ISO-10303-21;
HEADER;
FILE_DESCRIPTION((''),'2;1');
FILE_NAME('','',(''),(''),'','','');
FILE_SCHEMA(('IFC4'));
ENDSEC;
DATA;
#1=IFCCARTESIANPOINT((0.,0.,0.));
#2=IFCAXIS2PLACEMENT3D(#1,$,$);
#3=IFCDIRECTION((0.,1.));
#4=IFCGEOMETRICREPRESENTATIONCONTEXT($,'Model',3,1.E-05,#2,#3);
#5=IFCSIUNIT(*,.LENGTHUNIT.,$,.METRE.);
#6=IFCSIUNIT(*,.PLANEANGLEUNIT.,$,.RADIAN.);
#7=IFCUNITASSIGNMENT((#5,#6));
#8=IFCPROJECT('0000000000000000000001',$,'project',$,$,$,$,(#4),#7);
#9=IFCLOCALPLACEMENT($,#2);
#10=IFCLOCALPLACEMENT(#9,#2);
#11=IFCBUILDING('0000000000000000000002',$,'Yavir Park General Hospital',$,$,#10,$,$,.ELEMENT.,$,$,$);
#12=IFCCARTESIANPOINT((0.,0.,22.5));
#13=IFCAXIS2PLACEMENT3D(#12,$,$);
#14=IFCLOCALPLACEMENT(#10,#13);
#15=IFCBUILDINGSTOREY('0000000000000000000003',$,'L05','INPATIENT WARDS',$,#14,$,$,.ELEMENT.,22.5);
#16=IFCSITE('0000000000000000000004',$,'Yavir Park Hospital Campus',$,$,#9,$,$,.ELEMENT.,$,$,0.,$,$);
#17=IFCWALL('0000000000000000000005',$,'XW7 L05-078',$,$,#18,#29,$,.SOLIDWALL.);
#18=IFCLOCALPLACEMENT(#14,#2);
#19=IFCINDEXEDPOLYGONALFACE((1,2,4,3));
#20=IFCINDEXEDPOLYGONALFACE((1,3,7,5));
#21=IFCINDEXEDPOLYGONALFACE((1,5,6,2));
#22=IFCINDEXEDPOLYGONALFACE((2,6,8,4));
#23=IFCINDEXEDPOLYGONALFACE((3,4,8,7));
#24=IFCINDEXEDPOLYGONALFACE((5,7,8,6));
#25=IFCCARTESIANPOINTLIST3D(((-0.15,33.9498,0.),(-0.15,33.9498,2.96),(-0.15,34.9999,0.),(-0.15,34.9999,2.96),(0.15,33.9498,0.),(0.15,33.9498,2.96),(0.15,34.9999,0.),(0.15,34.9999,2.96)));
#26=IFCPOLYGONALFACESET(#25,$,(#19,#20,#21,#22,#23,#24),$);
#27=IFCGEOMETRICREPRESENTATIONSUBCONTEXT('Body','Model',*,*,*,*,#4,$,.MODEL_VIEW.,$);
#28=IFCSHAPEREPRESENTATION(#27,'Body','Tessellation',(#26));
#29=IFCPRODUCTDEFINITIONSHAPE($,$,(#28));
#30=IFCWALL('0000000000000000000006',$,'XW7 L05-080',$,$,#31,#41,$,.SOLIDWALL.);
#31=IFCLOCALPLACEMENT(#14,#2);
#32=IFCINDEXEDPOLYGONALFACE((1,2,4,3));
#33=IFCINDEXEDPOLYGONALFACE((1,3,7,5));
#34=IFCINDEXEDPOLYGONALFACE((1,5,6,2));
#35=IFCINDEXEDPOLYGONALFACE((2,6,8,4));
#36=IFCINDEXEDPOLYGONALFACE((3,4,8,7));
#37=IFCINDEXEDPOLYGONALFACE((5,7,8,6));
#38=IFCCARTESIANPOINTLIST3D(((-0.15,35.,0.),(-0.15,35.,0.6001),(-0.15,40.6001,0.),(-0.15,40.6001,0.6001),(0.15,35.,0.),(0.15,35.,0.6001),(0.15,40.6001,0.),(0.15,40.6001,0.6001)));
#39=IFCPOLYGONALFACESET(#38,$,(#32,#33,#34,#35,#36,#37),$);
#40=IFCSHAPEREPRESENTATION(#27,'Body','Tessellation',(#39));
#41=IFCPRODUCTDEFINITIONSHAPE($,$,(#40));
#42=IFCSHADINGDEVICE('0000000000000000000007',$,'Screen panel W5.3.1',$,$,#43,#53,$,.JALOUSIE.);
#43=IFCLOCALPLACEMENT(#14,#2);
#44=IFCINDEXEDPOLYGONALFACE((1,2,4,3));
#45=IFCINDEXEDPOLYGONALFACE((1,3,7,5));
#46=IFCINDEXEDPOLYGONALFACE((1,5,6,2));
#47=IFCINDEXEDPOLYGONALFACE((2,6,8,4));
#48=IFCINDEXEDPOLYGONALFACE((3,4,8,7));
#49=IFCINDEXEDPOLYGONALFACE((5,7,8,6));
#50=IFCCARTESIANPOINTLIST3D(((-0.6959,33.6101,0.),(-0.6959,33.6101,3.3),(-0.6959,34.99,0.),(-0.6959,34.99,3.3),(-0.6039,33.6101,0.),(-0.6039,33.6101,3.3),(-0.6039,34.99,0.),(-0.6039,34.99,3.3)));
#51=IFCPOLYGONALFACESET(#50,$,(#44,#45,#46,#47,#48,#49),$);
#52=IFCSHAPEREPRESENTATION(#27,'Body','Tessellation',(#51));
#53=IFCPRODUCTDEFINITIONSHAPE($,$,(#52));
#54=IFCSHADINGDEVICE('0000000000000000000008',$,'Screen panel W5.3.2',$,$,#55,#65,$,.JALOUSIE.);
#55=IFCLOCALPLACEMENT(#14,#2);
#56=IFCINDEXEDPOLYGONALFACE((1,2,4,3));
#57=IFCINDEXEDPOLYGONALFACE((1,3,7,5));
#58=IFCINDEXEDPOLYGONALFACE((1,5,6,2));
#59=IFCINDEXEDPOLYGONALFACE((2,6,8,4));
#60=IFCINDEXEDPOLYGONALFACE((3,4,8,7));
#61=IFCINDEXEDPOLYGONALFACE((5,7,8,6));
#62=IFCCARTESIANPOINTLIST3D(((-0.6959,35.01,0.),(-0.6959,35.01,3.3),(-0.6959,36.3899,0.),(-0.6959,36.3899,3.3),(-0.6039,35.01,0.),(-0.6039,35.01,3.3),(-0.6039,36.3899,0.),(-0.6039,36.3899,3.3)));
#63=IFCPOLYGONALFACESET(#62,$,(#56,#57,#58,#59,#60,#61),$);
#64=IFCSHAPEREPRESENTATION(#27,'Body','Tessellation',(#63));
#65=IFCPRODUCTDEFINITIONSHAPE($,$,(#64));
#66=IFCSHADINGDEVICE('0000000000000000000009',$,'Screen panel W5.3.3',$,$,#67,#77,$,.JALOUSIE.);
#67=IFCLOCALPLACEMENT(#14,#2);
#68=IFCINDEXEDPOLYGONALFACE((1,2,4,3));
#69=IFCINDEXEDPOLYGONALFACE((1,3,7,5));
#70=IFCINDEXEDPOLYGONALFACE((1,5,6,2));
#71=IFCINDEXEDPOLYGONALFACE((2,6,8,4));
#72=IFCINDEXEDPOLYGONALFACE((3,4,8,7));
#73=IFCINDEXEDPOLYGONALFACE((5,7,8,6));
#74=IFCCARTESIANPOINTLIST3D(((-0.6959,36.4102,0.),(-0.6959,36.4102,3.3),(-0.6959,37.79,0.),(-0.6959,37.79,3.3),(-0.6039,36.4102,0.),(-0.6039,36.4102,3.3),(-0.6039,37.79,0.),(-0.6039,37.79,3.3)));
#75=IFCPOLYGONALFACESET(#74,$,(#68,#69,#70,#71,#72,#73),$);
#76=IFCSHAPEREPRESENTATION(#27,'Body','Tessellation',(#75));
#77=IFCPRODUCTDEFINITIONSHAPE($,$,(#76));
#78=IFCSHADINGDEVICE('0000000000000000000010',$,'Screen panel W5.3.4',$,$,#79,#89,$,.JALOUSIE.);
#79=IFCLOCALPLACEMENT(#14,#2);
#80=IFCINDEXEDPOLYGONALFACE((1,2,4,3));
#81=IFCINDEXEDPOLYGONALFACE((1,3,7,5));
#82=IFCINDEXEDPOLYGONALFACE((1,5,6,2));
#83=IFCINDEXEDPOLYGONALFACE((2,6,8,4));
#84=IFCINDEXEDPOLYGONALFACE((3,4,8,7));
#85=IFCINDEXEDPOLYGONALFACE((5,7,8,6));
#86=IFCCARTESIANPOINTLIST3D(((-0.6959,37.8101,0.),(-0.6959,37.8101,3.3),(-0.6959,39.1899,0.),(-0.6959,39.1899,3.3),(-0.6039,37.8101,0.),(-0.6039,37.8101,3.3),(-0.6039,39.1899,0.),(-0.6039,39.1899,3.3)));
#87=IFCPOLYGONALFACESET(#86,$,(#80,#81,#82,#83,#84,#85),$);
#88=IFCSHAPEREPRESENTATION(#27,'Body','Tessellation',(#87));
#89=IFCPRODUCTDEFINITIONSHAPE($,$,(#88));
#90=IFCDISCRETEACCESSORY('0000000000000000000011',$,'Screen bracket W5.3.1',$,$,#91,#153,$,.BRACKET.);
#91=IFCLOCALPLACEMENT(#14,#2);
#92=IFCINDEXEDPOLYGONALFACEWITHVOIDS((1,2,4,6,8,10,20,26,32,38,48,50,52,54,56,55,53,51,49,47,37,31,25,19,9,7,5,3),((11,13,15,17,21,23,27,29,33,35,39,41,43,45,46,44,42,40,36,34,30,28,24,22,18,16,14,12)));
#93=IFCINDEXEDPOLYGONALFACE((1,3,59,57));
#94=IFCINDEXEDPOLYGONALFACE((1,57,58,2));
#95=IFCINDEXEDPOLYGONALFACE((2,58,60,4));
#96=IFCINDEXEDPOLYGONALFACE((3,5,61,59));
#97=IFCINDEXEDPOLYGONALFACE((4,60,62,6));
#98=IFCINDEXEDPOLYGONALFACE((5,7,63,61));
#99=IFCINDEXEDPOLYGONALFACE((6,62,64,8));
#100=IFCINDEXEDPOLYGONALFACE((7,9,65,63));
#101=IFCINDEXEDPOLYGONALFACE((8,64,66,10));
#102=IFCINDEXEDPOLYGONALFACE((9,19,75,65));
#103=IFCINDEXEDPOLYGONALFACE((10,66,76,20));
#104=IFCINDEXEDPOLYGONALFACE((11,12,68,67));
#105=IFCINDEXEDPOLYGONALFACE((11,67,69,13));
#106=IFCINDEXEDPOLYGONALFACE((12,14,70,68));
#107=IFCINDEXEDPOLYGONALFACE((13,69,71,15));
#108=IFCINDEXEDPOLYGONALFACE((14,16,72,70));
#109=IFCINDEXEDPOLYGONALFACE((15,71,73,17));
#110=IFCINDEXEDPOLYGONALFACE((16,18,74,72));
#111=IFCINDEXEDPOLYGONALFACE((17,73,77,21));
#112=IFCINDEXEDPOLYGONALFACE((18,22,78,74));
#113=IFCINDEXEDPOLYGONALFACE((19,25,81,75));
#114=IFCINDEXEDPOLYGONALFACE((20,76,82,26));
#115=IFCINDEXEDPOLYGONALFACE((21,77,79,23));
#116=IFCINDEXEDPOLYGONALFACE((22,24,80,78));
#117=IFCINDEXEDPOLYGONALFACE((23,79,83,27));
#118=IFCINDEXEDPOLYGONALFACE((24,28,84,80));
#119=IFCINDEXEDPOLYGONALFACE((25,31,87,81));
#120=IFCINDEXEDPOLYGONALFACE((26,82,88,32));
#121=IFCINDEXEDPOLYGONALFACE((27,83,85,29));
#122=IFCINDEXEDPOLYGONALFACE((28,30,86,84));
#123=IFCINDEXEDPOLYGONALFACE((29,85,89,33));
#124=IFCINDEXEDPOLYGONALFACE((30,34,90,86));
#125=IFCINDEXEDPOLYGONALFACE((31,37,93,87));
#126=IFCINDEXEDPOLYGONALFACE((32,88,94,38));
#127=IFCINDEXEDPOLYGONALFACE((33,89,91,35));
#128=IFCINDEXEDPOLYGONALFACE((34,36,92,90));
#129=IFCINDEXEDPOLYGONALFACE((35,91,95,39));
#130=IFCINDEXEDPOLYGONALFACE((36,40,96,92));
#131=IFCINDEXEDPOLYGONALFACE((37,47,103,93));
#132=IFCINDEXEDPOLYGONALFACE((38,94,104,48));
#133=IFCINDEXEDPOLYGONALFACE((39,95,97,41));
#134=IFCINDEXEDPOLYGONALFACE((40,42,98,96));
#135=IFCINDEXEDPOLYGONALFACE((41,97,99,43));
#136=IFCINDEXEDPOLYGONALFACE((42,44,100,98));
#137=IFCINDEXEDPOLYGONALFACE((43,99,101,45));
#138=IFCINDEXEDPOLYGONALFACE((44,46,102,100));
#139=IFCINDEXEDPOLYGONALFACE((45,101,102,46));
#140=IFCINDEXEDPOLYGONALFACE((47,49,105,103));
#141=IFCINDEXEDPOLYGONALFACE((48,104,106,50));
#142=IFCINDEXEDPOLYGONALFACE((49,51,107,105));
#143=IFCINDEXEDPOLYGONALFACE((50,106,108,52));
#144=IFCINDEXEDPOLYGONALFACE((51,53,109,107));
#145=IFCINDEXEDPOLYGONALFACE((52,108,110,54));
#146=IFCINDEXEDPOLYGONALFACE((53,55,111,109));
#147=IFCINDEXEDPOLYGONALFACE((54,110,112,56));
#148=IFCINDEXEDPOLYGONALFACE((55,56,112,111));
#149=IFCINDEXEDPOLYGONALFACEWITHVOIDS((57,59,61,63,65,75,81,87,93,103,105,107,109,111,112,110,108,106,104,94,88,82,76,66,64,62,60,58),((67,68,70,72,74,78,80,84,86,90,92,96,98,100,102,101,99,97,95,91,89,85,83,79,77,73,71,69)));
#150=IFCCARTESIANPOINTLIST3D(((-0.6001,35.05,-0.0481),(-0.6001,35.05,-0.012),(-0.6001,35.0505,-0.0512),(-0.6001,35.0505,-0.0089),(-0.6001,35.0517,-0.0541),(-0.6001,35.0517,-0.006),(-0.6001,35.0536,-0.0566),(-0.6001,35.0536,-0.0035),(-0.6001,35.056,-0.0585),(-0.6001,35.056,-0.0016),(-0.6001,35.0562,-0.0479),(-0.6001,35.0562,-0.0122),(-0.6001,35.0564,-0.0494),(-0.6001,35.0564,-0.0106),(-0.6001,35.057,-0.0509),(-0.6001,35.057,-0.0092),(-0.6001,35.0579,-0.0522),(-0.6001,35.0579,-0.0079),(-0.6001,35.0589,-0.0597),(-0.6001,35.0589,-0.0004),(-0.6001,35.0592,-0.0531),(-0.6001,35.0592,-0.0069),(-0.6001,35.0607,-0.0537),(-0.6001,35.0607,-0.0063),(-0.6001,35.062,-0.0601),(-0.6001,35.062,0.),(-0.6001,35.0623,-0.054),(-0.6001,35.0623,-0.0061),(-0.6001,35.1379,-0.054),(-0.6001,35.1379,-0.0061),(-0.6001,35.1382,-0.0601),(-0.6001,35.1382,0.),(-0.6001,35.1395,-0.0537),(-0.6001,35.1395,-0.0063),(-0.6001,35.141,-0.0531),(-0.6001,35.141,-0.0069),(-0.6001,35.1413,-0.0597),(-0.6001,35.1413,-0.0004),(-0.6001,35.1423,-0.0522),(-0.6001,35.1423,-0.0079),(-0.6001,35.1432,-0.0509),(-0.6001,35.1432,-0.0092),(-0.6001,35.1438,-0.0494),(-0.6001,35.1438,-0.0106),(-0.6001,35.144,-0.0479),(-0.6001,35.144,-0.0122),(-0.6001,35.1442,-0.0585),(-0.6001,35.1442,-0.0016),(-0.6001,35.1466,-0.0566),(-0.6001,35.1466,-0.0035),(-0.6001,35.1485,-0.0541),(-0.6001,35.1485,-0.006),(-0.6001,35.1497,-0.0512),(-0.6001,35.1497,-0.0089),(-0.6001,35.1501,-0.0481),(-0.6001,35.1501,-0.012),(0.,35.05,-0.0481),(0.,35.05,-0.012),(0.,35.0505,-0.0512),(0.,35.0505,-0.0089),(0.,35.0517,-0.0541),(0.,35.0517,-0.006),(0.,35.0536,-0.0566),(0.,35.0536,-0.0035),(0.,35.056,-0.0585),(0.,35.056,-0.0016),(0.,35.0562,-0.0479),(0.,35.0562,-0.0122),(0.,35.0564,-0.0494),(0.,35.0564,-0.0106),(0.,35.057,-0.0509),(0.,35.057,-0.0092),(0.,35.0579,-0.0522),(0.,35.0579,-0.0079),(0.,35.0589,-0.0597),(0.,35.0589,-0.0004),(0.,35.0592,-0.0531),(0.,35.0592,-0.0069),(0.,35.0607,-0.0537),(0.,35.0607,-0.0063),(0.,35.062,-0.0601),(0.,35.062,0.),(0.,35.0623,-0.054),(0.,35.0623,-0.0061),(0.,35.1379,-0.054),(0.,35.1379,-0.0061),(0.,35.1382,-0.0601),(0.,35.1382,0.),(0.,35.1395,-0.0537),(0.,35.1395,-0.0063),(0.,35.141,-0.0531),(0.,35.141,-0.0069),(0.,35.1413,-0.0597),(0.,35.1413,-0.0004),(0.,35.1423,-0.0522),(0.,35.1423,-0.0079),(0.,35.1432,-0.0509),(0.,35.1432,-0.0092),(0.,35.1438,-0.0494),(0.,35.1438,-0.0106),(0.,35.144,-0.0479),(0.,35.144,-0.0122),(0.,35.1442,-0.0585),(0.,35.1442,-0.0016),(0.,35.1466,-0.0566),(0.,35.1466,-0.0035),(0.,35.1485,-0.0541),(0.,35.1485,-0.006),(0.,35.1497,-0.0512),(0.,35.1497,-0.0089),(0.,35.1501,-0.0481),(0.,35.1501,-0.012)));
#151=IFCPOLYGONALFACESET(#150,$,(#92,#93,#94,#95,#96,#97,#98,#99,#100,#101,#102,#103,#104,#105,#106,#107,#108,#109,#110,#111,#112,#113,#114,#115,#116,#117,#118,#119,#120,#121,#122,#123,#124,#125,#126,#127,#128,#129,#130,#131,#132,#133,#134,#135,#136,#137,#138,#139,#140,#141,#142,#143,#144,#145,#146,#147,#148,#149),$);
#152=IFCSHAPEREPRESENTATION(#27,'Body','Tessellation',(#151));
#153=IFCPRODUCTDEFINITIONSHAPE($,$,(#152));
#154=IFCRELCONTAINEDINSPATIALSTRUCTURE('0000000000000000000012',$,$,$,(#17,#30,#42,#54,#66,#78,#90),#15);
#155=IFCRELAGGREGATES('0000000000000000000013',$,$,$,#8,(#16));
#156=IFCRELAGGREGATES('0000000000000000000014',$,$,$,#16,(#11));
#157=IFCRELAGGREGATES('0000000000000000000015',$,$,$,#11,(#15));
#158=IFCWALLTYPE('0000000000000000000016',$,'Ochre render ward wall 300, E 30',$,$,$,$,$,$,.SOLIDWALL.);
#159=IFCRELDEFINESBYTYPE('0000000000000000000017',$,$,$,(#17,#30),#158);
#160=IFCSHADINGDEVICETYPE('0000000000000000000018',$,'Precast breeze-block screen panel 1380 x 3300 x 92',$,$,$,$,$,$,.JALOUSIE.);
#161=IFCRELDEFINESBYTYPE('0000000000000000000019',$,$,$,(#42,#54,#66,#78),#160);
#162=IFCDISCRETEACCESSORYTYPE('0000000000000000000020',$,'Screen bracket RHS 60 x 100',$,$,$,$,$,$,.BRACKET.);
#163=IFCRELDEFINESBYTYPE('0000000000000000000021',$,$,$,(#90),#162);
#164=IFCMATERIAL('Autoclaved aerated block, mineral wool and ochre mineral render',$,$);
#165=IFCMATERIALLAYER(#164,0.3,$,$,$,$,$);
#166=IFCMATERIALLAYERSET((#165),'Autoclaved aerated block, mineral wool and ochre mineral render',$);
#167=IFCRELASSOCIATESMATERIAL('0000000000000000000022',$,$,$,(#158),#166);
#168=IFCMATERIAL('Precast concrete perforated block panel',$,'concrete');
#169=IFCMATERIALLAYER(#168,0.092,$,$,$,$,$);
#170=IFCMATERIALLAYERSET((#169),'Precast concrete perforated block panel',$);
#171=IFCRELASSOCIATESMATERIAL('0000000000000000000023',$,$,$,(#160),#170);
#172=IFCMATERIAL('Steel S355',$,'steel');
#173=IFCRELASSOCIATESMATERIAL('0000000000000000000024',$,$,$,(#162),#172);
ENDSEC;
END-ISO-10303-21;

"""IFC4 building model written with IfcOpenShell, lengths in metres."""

from ifc_helpers import new_model, si_unit, direction, frame, frame_2d, origin, origin_2d, place, context, subcontext, project, spatial, rectangle, hollow_rectangle, extrude, material, layer, layer_set, material_profile, profile_set, type_object, element, save


model = new_model("IFC4")

# Units and contexts
model_context = context("Model", 3, precision=1e-05, world=origin(), true_north=direction((0.0, 1.0)))
body_context = subcontext(model_context, "Body", "Model", "MODEL_VIEW")
ifc_project = project(units=[si_unit("LENGTHUNIT", "METRE"), si_unit("PLANEANGLEUNIT", "RADIAN")], contexts=[model_context])

# Site, building, storey
site_placement = place(None, origin())
site = spatial("IfcSite", under=ifc_project, at=site_placement, Name="Yavir Park Hospital Campus", CompositionType="ELEMENT", RefElevation=0.0)
building_placement = place(site_placement, origin())
building = spatial("IfcBuilding", under=site, at=building_placement, Name="Yavir Park General Hospital", CompositionType="ELEMENT")
storey_placement = place(building_placement, frame((0.0, 0.0, 22.5)))
storey = spatial("IfcBuildingStorey", under=building, at=storey_placement, Name="L05", Description="INPATIENT WARDS", CompositionType="ELEMENT", Elevation=22.5)

# Walls
ifc_material_1 = material(Name="Autoclaved aerated block, mineral wool and ochre mineral render")
ifc_layer_1 = layer(ifc_material_1, 0.3)
ifc_layer_set_1 = layer_set([ifc_layer_1], Name="Autoclaved aerated block, mineral wool and ochre mineral render")
wall_type_1 = type_object("IfcWallType", Name="Ochre render ward wall 300, E 30", PredefinedType="SOLIDWALL", material=ifc_layer_set_1)
wall_1_placement = place(storey_placement, frame((0.0, 33.95, 0.0), z_axis=(0.0, 0.0, 1.0), x_axis=(0.0, 1.0, 0.0)))
element("IfcWall", 1, at=wall_1_placement, inside=storey, type_object=wall_type_1, Name="XW7 L05-078", PredefinedType="SOLIDWALL", context=body_context, shape_type="SweptSolid", body=[
    extrude(rectangle(XDim=1.05, YDim=0.3, at=frame_2d((0.5249, 0.0))), origin(), (0.0, 0.0, 1.0), 2.96),
])
wall_2_placement = place(storey_placement, frame((0.0, 35.0, 0.0), z_axis=(0.0, 0.0, 1.0), x_axis=(0.0, 1.0, 0.0)))
element("IfcWall", 2, at=wall_2_placement, inside=storey, type_object=wall_type_1, Name="XW7 L05-080", PredefinedType="SOLIDWALL", context=body_context, shape_type="SweptSolid", body=[
    extrude(rectangle(XDim=5.6001, YDim=0.3, at=frame_2d((2.8, 0.0))), origin(), (0.0, 0.0, 1.0), 0.6001),
])

# Shading devices
ifc_material_2 = material(Name="Precast concrete perforated block panel", Category="concrete")
ifc_layer_2 = layer(ifc_material_2, 0.092)
ifc_layer_set_2 = layer_set([ifc_layer_2], Name="Precast concrete perforated block panel")
shading_device_type = type_object("IfcShadingDeviceType", Name="Precast breeze-block screen panel 1380 x 3300 x 92", PredefinedType="JALOUSIE", material=ifc_layer_set_2)
for number, where, z_axis, x_axis, name in (
    (3, (-0.6499, 34.3, 0.0), (0.0, 0.0, 1.0), (1.0, 0.0, 0.0), "Screen panel W5.3.1"),
    (4, (-0.6499, 35.7, 0.0), (0.0, 0.0, 1.0), (1.0, 0.0, 0.0), "Screen panel W5.3.2"),
    (5, (-0.6499, 37.1001, 0.0), (0.0, 0.0, 1.0), (1.0, 0.0, 0.0), "Screen panel W5.3.3"),
    (6, (-0.6499, 38.5, 0.0), (0.0, 0.0, 1.0), (1.0, 0.0, 0.0), "Screen panel W5.3.4"),
):
    element("IfcShadingDevice", number, at=place(storey_placement, frame(where, z_axis=z_axis, x_axis=x_axis)), inside=storey, type_object=shading_device_type, Name=name, PredefinedType="JALOUSIE", context=body_context, shape_type="SweptSolid", body=[
        extrude(rectangle(XDim=0.092, YDim=1.3799, at=origin_2d()), origin(), (0.0, 0.0, 1.0), 3.3),
    ])

# Discrete accessory
ifc_material_3 = material(Name="Steel S355", Category="steel")
ifc_material_profile_1 = material_profile(ifc_material_3, hollow_rectangle(XDim=0.1001, YDim=0.0601, WallThickness=0.0061, InnerFilletRadius=0.0061, OuterFilletRadius=0.012, at=origin_2d()), Name="RHS60x100x6")
ifc_profile_set_1 = profile_set([ifc_material_profile_1], Name="Steel S355")
discrete_accessory_type_1 = type_object("IfcDiscreteAccessoryType", Name="Screen bracket RHS 60 x 100", PredefinedType="BRACKET", material=ifc_profile_set_1)
discrete_accessory_1_placement = place(storey_placement, frame((0.0, 35.1001, -0.03), z_axis=(-1.0, 0.0, 0.0), x_axis=(0.0, -1.0, 0.0)))
element("IfcDiscreteAccessory", 7, at=discrete_accessory_1_placement, inside=storey, type_object=discrete_accessory_type_1, Name="Screen bracket W5.3.1", PredefinedType="BRACKET", context=body_context, shape_type="SweptSolid", body=[
    extrude(hollow_rectangle(XDim=0.1001, YDim=0.0601, WallThickness=0.0061, InnerFilletRadius=0.0061, OuterFilletRadius=0.012, at=origin_2d()), origin(), (0.0, 0.0, 1.0), 0.6001),
])

save(model, "model.ifc")
